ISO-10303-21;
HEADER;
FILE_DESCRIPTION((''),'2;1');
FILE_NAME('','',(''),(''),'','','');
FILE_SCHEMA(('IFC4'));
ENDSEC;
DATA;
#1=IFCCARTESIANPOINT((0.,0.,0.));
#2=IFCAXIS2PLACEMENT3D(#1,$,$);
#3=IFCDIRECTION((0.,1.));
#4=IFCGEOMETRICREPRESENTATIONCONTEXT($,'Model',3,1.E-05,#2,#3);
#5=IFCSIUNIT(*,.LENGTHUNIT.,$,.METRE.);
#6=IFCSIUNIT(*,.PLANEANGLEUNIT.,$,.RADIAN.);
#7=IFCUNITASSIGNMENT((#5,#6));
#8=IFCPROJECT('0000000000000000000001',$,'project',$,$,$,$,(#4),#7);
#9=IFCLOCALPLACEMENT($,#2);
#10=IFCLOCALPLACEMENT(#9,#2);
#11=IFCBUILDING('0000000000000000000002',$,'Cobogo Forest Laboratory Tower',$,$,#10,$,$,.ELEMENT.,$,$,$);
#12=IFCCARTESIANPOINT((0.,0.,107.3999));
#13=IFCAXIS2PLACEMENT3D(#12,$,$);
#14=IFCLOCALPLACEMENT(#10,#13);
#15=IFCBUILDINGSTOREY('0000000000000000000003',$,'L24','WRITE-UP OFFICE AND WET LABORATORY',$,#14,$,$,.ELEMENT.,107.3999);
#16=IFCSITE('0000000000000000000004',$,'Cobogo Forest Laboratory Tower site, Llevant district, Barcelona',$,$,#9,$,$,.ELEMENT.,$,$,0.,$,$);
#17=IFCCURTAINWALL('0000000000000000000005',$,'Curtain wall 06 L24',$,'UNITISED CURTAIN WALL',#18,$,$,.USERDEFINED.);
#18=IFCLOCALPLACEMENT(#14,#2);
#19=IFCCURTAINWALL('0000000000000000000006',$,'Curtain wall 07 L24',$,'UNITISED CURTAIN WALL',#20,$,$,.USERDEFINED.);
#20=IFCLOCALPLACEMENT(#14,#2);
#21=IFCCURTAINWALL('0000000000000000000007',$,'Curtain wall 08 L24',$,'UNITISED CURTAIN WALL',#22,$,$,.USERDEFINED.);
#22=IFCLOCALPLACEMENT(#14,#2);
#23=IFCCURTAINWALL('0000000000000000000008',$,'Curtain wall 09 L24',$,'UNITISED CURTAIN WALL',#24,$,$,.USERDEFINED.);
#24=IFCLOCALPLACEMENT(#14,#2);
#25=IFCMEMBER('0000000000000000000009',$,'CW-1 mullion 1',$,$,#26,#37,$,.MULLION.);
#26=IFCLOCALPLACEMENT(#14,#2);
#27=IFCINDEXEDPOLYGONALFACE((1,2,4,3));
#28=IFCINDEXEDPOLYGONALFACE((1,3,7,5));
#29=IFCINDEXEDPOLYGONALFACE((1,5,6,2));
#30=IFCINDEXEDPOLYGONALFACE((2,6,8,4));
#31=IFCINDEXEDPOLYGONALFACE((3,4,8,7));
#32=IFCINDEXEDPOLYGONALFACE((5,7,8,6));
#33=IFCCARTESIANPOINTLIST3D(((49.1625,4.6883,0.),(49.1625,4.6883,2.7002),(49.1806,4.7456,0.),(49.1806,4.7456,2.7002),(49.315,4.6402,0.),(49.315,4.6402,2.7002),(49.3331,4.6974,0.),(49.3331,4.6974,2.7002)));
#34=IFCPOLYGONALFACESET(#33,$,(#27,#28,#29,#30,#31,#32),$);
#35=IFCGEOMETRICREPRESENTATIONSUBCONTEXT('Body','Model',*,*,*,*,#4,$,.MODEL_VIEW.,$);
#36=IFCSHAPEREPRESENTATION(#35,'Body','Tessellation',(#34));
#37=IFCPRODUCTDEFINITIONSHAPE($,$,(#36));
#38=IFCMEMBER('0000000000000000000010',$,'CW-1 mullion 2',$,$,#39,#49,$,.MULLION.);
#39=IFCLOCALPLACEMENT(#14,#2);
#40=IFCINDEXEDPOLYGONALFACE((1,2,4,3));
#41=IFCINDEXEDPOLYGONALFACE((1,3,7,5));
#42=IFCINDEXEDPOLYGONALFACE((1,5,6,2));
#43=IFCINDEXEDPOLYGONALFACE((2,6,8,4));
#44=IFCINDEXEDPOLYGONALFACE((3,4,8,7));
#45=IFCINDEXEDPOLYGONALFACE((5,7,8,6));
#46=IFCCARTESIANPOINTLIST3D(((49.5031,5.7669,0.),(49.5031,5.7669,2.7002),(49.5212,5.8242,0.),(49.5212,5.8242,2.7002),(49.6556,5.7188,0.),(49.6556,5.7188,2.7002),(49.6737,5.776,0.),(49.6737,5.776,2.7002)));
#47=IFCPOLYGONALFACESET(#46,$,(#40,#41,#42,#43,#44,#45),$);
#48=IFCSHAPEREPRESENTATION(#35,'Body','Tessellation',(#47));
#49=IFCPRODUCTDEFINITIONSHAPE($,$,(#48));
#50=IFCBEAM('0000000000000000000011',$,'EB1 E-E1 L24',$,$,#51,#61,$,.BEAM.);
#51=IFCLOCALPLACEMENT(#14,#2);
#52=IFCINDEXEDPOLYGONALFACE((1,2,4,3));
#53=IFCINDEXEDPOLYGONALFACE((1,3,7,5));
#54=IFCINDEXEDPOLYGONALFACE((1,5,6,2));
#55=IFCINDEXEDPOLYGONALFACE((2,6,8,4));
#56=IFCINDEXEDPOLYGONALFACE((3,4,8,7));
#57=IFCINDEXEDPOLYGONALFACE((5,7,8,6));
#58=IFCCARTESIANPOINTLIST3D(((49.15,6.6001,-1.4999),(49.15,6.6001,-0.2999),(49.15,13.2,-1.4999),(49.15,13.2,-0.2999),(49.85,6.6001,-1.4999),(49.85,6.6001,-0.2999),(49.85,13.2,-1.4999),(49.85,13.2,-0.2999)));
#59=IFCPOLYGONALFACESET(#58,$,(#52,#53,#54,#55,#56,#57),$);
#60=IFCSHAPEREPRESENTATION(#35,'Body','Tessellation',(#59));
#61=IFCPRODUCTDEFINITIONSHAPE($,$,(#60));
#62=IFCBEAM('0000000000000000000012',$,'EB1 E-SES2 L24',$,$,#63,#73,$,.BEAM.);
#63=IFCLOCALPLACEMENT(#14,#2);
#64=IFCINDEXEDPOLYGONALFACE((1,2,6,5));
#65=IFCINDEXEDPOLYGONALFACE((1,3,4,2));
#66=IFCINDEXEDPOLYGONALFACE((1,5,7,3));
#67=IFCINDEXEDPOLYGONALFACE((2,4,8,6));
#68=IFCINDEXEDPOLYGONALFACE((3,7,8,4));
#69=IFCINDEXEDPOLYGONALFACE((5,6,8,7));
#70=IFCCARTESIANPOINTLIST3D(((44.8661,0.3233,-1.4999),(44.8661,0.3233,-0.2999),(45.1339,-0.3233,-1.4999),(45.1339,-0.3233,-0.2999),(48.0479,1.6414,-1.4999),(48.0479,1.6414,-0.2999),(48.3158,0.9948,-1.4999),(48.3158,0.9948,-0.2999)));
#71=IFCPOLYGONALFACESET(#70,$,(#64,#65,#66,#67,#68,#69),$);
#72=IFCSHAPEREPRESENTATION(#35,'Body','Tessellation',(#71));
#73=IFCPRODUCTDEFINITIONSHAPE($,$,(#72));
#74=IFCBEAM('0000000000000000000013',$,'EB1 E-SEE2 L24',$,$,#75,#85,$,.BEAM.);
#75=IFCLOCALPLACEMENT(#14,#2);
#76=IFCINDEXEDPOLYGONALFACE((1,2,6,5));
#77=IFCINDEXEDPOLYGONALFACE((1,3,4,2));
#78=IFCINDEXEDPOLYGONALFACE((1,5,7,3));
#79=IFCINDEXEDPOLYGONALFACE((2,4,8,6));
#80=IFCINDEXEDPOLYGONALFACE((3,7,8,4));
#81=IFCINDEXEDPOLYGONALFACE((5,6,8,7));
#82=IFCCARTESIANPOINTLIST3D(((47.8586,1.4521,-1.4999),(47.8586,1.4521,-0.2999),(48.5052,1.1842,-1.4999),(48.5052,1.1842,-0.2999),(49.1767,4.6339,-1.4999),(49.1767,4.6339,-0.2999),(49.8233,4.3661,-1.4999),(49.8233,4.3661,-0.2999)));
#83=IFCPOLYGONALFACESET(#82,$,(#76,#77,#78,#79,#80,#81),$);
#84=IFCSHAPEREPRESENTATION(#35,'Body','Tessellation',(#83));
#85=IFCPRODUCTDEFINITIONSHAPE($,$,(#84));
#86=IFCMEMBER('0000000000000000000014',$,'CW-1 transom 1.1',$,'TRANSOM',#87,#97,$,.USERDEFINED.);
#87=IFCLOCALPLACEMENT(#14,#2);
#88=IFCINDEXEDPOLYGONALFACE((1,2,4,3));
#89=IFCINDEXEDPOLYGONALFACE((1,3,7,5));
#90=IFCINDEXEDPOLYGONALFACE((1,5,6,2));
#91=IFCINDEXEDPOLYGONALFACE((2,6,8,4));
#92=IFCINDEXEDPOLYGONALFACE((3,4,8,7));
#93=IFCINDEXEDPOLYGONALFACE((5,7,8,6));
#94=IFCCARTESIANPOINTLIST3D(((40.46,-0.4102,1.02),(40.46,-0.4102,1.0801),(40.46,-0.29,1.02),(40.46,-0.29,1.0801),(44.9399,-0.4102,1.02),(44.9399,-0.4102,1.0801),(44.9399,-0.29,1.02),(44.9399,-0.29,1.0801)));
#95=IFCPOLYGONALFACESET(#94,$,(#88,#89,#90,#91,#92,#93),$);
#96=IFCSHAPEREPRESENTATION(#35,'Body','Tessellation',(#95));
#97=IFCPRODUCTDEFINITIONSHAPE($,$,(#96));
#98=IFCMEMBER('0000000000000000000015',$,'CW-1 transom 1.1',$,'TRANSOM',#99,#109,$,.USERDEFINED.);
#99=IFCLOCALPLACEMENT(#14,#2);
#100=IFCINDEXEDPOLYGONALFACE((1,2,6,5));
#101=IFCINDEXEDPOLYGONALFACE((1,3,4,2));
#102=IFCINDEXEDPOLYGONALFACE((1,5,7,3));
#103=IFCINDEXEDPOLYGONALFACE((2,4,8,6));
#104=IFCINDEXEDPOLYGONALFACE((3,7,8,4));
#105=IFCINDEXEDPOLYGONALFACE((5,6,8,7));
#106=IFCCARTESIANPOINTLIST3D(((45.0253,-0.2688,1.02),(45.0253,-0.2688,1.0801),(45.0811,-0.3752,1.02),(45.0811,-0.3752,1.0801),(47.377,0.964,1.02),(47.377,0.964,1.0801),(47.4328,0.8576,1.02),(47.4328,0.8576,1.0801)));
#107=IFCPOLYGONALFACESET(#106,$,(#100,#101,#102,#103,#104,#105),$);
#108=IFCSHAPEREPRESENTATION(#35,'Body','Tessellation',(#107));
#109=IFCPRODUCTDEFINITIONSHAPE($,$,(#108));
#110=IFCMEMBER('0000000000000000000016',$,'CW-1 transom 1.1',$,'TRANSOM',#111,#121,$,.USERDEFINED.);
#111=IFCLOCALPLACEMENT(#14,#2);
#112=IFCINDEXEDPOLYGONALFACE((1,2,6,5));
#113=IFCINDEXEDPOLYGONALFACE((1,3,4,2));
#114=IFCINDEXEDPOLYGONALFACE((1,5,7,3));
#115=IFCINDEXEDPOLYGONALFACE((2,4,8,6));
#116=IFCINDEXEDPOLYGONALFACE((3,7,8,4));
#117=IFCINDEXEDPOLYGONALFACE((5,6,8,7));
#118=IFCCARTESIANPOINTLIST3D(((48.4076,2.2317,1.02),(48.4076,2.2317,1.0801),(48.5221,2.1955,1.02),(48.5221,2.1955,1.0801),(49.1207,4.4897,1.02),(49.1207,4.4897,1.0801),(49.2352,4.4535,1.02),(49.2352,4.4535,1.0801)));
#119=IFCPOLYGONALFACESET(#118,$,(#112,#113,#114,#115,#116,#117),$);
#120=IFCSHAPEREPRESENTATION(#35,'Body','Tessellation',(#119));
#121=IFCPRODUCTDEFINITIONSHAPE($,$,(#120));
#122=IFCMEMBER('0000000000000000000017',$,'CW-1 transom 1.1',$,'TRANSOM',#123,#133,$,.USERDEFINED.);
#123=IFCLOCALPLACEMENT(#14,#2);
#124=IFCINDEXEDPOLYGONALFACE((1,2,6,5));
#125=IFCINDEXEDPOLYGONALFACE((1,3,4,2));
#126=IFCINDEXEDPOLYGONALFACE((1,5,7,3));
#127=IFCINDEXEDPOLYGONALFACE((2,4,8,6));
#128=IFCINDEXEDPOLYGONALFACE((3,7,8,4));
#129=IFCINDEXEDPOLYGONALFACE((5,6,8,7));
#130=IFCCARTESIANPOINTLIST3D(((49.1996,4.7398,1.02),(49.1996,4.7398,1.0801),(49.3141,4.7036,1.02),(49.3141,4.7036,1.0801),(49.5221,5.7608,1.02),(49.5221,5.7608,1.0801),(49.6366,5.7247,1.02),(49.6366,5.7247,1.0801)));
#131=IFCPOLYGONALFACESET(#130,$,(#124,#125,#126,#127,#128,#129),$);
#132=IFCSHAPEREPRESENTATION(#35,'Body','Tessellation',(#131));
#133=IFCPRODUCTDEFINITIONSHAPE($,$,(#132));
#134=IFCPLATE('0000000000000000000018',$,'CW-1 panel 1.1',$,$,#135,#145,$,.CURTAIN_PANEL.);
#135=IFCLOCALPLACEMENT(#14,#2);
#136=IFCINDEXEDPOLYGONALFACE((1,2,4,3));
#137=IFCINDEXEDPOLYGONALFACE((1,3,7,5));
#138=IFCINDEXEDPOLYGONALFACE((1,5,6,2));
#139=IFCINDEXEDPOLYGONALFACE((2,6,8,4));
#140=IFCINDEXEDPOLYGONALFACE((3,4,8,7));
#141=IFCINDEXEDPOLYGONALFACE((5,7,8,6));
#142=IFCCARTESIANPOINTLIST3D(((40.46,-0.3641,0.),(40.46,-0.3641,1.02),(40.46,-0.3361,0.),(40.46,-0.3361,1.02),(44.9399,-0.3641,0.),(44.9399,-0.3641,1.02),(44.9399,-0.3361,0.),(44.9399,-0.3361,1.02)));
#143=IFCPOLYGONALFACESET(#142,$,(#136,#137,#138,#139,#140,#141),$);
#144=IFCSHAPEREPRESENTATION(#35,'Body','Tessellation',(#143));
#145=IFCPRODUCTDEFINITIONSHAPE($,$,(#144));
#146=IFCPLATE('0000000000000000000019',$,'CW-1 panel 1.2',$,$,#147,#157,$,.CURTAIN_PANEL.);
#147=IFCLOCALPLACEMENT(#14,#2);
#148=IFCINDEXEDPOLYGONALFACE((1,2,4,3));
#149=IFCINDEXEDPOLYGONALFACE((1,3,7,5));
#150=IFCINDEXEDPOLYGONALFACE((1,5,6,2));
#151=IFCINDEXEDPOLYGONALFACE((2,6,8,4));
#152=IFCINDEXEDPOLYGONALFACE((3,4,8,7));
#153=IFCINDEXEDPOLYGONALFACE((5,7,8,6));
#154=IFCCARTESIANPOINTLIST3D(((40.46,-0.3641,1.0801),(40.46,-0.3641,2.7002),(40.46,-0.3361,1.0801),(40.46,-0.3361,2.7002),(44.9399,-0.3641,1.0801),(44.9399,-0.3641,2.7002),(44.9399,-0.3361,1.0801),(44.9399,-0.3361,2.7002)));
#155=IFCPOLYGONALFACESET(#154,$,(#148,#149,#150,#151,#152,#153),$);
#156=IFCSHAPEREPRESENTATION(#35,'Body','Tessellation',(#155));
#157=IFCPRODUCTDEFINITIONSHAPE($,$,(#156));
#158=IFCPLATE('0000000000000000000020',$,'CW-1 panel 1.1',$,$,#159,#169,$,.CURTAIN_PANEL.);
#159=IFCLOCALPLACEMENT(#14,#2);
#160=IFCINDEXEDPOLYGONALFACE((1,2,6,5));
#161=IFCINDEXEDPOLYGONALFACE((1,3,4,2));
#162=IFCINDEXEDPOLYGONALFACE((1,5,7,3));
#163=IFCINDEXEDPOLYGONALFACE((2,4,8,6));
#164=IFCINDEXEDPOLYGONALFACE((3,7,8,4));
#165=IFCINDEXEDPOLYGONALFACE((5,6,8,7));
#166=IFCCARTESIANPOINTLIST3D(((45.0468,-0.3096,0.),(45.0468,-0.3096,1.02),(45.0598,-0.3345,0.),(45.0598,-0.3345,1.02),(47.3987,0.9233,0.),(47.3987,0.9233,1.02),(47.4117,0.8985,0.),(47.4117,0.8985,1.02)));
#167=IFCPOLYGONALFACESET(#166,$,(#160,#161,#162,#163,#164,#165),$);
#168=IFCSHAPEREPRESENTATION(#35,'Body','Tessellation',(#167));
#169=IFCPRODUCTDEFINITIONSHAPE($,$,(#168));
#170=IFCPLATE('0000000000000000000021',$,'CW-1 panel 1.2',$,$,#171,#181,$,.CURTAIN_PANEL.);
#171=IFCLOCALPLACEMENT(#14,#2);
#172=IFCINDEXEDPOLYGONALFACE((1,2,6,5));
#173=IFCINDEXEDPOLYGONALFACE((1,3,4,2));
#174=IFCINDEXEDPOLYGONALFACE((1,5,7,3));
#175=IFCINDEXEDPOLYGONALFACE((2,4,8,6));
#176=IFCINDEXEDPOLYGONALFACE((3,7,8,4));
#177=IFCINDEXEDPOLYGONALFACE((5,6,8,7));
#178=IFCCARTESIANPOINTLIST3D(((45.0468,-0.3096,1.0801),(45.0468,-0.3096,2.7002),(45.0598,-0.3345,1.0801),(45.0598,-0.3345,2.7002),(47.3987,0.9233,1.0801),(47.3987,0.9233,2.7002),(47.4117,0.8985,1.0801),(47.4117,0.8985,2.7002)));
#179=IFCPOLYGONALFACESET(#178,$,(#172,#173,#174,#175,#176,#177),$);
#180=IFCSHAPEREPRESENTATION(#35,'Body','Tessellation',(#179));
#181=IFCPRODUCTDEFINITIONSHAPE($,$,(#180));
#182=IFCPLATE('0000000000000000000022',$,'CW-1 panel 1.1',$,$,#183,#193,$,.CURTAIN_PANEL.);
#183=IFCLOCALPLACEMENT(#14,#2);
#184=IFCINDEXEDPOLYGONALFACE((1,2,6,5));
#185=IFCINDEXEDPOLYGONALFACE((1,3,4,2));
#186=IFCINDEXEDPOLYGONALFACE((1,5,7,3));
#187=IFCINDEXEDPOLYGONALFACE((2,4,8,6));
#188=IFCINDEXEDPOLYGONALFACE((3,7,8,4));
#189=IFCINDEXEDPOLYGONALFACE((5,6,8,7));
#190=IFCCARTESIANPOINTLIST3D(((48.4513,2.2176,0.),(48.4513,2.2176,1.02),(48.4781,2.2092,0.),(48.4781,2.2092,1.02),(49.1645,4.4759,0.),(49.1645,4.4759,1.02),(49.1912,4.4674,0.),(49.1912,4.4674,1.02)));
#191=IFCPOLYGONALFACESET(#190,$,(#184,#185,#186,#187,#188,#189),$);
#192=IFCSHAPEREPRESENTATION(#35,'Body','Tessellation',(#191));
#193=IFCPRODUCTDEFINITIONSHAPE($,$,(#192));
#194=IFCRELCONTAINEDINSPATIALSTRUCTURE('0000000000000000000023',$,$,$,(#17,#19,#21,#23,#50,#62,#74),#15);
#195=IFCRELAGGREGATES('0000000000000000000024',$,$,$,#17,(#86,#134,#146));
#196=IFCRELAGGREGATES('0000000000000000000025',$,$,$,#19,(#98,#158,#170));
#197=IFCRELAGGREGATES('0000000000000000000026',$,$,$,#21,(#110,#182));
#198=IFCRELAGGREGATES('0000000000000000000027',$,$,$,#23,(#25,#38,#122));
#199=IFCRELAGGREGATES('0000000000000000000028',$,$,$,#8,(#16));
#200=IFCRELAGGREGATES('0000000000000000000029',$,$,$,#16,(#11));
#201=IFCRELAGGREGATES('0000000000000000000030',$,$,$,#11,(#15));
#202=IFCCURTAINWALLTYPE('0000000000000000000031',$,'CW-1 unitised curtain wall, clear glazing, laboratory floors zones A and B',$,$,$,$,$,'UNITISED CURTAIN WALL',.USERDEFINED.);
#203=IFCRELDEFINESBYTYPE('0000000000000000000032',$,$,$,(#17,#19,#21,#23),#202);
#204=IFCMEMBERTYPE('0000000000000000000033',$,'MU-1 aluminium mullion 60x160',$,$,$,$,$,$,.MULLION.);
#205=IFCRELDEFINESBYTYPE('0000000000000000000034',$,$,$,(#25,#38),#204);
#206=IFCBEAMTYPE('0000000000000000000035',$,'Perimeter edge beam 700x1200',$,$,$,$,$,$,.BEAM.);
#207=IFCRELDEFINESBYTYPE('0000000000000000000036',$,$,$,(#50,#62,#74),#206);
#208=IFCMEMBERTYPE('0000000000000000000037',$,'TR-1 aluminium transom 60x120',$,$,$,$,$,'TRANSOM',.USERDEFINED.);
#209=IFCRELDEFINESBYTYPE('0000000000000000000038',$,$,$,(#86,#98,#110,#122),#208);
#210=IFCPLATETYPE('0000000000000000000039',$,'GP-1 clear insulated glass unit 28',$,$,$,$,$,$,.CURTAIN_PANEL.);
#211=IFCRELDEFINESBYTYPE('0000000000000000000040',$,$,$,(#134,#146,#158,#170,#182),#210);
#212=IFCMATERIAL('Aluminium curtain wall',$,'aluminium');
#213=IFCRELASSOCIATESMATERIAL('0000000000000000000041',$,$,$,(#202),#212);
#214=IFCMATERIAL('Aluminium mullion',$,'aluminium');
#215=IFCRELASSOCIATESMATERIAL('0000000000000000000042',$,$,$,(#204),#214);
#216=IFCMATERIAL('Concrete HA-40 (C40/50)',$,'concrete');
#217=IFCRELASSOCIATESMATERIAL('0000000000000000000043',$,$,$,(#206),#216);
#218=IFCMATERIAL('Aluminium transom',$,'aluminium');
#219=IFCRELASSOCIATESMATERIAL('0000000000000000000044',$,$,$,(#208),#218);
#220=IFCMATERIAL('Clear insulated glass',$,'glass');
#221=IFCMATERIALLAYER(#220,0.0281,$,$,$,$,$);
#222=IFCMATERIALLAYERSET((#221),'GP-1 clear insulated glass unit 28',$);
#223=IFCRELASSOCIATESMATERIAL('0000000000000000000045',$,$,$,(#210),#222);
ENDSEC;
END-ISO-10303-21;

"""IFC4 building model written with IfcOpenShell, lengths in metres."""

from ifc_helpers import new_model, si_unit, direction, frame, origin, origin_2d, place, context, subcontext, project, spatial, rectangle, extrude, material, layer, layer_set, material_profile, profile_set, type_object, element, aggregate, save


model = new_model("IFC4")

# Units and contexts
model_context = context("Model", 3, precision=1e-05, world=origin(), true_north=direction((0.0, 1.0)))
body_context = subcontext(model_context, "Body", "Model", "MODEL_VIEW")
ifc_project = project(units=[si_unit("LENGTHUNIT", "METRE"), si_unit("PLANEANGLEUNIT", "RADIAN")], contexts=[model_context])

# Site, building, storey
site_placement = place(None, origin())
site = spatial("IfcSite", under=ifc_project, at=site_placement, Name="Cobogo Forest Laboratory Tower site, Llevant district, Barcelona", CompositionType="ELEMENT", RefElevation=0.0)
building_placement = place(site_placement, origin())
building = spatial("IfcBuilding", under=site, at=building_placement, Name="Cobogo Forest Laboratory Tower", CompositionType="ELEMENT")
storey_placement = place(building_placement, frame((0.0, 0.0, 107.3999)))
storey = spatial("IfcBuildingStorey", under=building, at=storey_placement, Name="L24", Description="WRITE-UP OFFICE AND WET LABORATORY", CompositionType="ELEMENT", Elevation=107.3999)

# Shared definitions
ifc_material_1 = material(Name="Concrete HA-40 (C40/50)", Category="concrete")

# Curtain wall
ifc_material_2 = material(Name="Aluminium curtain wall", Category="aluminium")
curtain_wall_type = type_object("IfcCurtainWallType", Name="CW-1 unitised curtain wall, clear glazing, laboratory floors zones A and B", ElementType="UNITISED CURTAIN WALL", PredefinedType="USERDEFINED", material=ifc_material_2)
curtain_wall_1_placement = place(storey_placement, origin())
curtain_wall_1 = element("IfcCurtainWall", 1, at=curtain_wall_1_placement, inside=storey, type_object=curtain_wall_type, Name="Curtain wall 06 L24", ObjectType="UNITISED CURTAIN WALL", PredefinedType="USERDEFINED")
ifc_material_3 = material(Name="Aluminium mullion", Category="aluminium")
ifc_material_profile_1 = material_profile(ifc_material_3, rectangle(XDim=0.0601, YDim=0.1599, at=origin_2d()), Name="AL 60x160")
ifc_profile_set_1 = profile_set([ifc_material_profile_1], Name="Aluminium mullion")
member_type_1 = type_object("IfcMemberType", Name="MU-1 aluminium mullion 60x160", PredefinedType="MULLION", material=ifc_profile_set_1)

# Curtain walls, members
curtain_wall_2_placement = place(storey_placement, origin())
curtain_wall_2 = element("IfcCurtainWall", 2, at=curtain_wall_2_placement, inside=storey, type_object=curtain_wall_type, Name="Curtain wall 07 L24", ObjectType="UNITISED CURTAIN WALL", PredefinedType="USERDEFINED")
curtain_wall_3_placement = place(storey_placement, origin())
curtain_wall_3 = element("IfcCurtainWall", 3, at=curtain_wall_3_placement, inside=storey, type_object=curtain_wall_type, Name="Curtain wall 08 L24", ObjectType="UNITISED CURTAIN WALL", PredefinedType="USERDEFINED")
curtain_wall_4_placement = place(storey_placement, origin())
curtain_wall_4 = element("IfcCurtainWall", 4, at=curtain_wall_4_placement, inside=storey, type_object=curtain_wall_type, Name="Curtain wall 09 L24", ObjectType="UNITISED CURTAIN WALL", PredefinedType="USERDEFINED")
member_1_placement = place(storey_placement, frame((49.2478, 4.6929, 0.0), z_axis=(0.0, 0.0, 1.0), x_axis=(0.301136, 0.953581, 0.0)))
member_1 = element("IfcMember", 5, at=member_1_placement, type_object=member_type_1, Name="CW-1 mullion 1", PredefinedType="MULLION", context=body_context, shape_type="SweptSolid", body=[
    extrude(rectangle(XDim=0.0601, YDim=0.1599, at=origin_2d()), origin(), (0.0, 0.0, 1.0), 2.7002),
])
member_2_placement = place(storey_placement, frame((49.5884, 5.7715, 0.0), z_axis=(0.0, 0.0, 1.0), x_axis=(0.301136, 0.953581, 0.0)))
member_2 = element("IfcMember", 6, at=member_2_placement, type_object=member_type_1, Name="CW-1 mullion 2", PredefinedType="MULLION", context=body_context, shape_type="SweptSolid", body=[
    extrude(rectangle(XDim=0.0601, YDim=0.1599, at=origin_2d()), origin(), (0.0, 0.0, 1.0), 2.7002),
])

# Beams
ifc_material_profile_2 = material_profile(ifc_material_1, rectangle(XDim=0.7, YDim=1.2, at=origin_2d()), Name="RC 700x1200")
ifc_profile_set_2 = profile_set([ifc_material_profile_2], Name="Concrete HA-40 (C40/50)")
beam_type_1 = type_object("IfcBeamType", Name="Perimeter edge beam 700x1200", PredefinedType="BEAM", material=ifc_profile_set_2)
beam_1_placement = place(storey_placement, frame((49.5, 6.6001, -0.8999), z_axis=(0.0, 1.0, 0.0), x_axis=(-1.0, 0.0, 0.0)))
element("IfcBeam", 7, at=beam_1_placement, inside=storey, type_object=beam_type_1, Name="EB1 E-E1 L24", PredefinedType="BEAM", context=body_context, shape_type="SweptSolid", body=[
    extrude(rectangle(XDim=0.7, YDim=1.2, at=origin_2d()), origin(), (0.0, 0.0, 1.0), 6.5999),
])
for number, where, z_axis, x_axis, name in (
    (8, (45.0, 0.0, -0.8999), (0.923866, 0.382717, 0.0), (-0.382717, 0.923866, 0.0), "EB1 E-SES2 L24"),
    (9, (49.5, 4.5, -0.8999), (-0.382717, -0.923866, 0.0), (0.923866, -0.382717, 0.0), "EB1 E-SEE2 L24"),
):
    element("IfcBeam", number, at=place(storey_placement, frame(where, z_axis=z_axis, x_axis=x_axis)), inside=storey, type_object=beam_type_1, Name=name, PredefinedType="BEAM", context=body_context, shape_type="SweptSolid", body=[
        extrude(rectangle(XDim=0.7, YDim=1.2, at=origin_2d()), origin(), (0.0, 0.0, 1.0), 3.4441),
    ])

# Members
ifc_material_4 = material(Name="Aluminium transom", Category="aluminium")
ifc_material_profile_3 = material_profile(ifc_material_4, rectangle(XDim=0.1201, YDim=0.0601, at=origin_2d()), Name="AL 60x120")
ifc_profile_set_3 = profile_set([ifc_material_profile_3], Name="Aluminium transom")
member_type_2 = type_object("IfcMemberType", Name="TR-1 aluminium transom 60x120", ElementType="TRANSOM", PredefinedType="USERDEFINED", material=ifc_profile_set_3)
member_3_placement = place(storey_placement, frame((40.46, -0.3501, 1.05), z_axis=(1.0, 0.0, 0.0), x_axis=(0.0, 1.0, 0.0)))
member_3 = element("IfcMember", 10, at=member_3_placement, type_object=member_type_2, Name="CW-1 transom 1.1", ObjectType="TRANSOM", PredefinedType="USERDEFINED", context=body_context, shape_type="SweptSolid", body=[
    extrude(rectangle(XDim=0.1201, YDim=0.0601, at=origin_2d()), origin(), (0.0, 0.0, 1.0), 4.48),
])
member_4_placement = place(storey_placement, frame((45.0532, -0.322, 1.05), z_axis=(0.885675, 0.464306, 0.0), x_axis=(-0.464306, 0.885675, 0.0)))
member_4 = element("IfcMember", 11, at=member_4_placement, type_object=member_type_2, Name="CW-1 transom 1.1", ObjectType="TRANSOM", PredefinedType="USERDEFINED", context=body_context, shape_type="SweptSolid", body=[
    extrude(rectangle(XDim=0.1201, YDim=0.0601, at=origin_2d()), origin(), (0.0, 0.0, 1.0), 2.6553),
])
member_5_placement = place(storey_placement, frame((48.4648, 2.2136, 1.05), z_axis=(0.301156, 0.953575, 0.0), x_axis=(-0.953575, 0.301156, 0.0)))
member_5 = element("IfcMember", 12, at=member_5_placement, type_object=member_type_2, Name="CW-1 transom 1.1", ObjectType="TRANSOM", PredefinedType="USERDEFINED", context=body_context, shape_type="SweptSolid", body=[
    extrude(rectangle(XDim=0.1201, YDim=0.0601, at=origin_2d()), origin(), (0.0, 0.0, 1.0), 2.3679),
])
member_6_placement = place(storey_placement, frame((49.2568, 4.7217, 1.05), z_axis=(0.301208, 0.953559, 0.0), x_axis=(-0.953559, 0.301208, 0.0)))
member_6 = element("IfcMember", 13, at=member_6_placement, type_object=member_type_2, Name="CW-1 transom 1.1", ObjectType="TRANSOM", PredefinedType="USERDEFINED", context=body_context, shape_type="SweptSolid", body=[
    extrude(rectangle(XDim=0.1201, YDim=0.0601, at=origin_2d()), origin(), (0.0, 0.0, 1.0), 1.0708),
])

# Plates
ifc_material_5 = material(Name="Clear insulated glass", Category="glass")
ifc_layer = layer(ifc_material_5, 0.0281)
ifc_layer_set = layer_set([ifc_layer], Name="GP-1 clear insulated glass unit 28")
plate_type = type_object("IfcPlateType", Name="GP-1 clear insulated glass unit 28", PredefinedType="CURTAIN_PANEL", material=ifc_layer_set)
plate_1_placement = place(storey_placement, frame((42.7, -0.3501, 0.0), z_axis=(0.0, 0.0, 1.0), x_axis=(1.0, 0.0, 0.0)))
plate_1 = element("IfcPlate", 14, at=plate_1_placement, type_object=plate_type, Name="CW-1 panel 1.1", PredefinedType="CURTAIN_PANEL", context=body_context, shape_type="SweptSolid", body=[
    extrude(rectangle(XDim=4.48, YDim=0.0281, at=origin_2d()), origin(), (0.0, 0.0, 1.0), 1.02),
])
plate_2_placement = place(storey_placement, frame((42.7, -0.3501, 1.0801), z_axis=(0.0, 0.0, 1.0), x_axis=(1.0, 0.0, 0.0)))
plate_2 = element("IfcPlate", 15, at=plate_2_placement, type_object=plate_type, Name="CW-1 panel 1.2", PredefinedType="CURTAIN_PANEL", context=body_context, shape_type="SweptSolid", body=[
    extrude(rectangle(XDim=4.48, YDim=0.0281, at=origin_2d()), origin(), (0.0, 0.0, 1.0), 1.6201),
])
aggregate(curtain_wall_1, [member_3, plate_1, plate_2])
plate_3_placement = place(storey_placement, frame((46.2292, 0.2944, 0.0), z_axis=(0.0, 0.0, 1.0), x_axis=(0.885687, 0.464284, 0.0)))
plate_3 = element("IfcPlate", 16, at=plate_3_placement, type_object=plate_type, Name="CW-1 panel 1.1", PredefinedType="CURTAIN_PANEL", context=body_context, shape_type="SweptSolid", body=[
    extrude(rectangle(XDim=2.6555, YDim=0.0281, at=origin_2d()), origin(), (0.0, 0.0, 1.0), 1.02),
])
plate_4_placement = place(storey_placement, frame((46.2292, 0.2944, 1.0801), z_axis=(0.0, 0.0, 1.0), x_axis=(0.885687, 0.464284, 0.0)))
plate_4 = element("IfcPlate", 17, at=plate_4_placement, type_object=plate_type, Name="CW-1 panel 1.2", PredefinedType="CURTAIN_PANEL", context=body_context, shape_type="SweptSolid", body=[
    extrude(rectangle(XDim=2.6555, YDim=0.0281, at=origin_2d()), origin(), (0.0, 0.0, 1.0), 1.6201),
])
aggregate(curtain_wall_2, [member_4, plate_3, plate_4])
plate_5_placement = place(storey_placement, frame((48.8213, 3.3425, 0.0), z_axis=(0.0, 0.0, 1.0), x_axis=(0.301135, 0.953581, 0.0)))
plate_5 = element("IfcPlate", 18, at=plate_5_placement, type_object=plate_type, Name="CW-1 panel 1.1", PredefinedType="CURTAIN_PANEL", context=body_context, shape_type="SweptSolid", body=[
    extrude(rectangle(XDim=2.3682, YDim=0.0281, at=origin_2d()), origin(), (0.0, 0.0, 1.0), 1.02),
])
aggregate(curtain_wall_3, [member_5, plate_5])
aggregate(curtain_wall_4, [member_1, member_2, member_6])

save(model, "model.ifc")
